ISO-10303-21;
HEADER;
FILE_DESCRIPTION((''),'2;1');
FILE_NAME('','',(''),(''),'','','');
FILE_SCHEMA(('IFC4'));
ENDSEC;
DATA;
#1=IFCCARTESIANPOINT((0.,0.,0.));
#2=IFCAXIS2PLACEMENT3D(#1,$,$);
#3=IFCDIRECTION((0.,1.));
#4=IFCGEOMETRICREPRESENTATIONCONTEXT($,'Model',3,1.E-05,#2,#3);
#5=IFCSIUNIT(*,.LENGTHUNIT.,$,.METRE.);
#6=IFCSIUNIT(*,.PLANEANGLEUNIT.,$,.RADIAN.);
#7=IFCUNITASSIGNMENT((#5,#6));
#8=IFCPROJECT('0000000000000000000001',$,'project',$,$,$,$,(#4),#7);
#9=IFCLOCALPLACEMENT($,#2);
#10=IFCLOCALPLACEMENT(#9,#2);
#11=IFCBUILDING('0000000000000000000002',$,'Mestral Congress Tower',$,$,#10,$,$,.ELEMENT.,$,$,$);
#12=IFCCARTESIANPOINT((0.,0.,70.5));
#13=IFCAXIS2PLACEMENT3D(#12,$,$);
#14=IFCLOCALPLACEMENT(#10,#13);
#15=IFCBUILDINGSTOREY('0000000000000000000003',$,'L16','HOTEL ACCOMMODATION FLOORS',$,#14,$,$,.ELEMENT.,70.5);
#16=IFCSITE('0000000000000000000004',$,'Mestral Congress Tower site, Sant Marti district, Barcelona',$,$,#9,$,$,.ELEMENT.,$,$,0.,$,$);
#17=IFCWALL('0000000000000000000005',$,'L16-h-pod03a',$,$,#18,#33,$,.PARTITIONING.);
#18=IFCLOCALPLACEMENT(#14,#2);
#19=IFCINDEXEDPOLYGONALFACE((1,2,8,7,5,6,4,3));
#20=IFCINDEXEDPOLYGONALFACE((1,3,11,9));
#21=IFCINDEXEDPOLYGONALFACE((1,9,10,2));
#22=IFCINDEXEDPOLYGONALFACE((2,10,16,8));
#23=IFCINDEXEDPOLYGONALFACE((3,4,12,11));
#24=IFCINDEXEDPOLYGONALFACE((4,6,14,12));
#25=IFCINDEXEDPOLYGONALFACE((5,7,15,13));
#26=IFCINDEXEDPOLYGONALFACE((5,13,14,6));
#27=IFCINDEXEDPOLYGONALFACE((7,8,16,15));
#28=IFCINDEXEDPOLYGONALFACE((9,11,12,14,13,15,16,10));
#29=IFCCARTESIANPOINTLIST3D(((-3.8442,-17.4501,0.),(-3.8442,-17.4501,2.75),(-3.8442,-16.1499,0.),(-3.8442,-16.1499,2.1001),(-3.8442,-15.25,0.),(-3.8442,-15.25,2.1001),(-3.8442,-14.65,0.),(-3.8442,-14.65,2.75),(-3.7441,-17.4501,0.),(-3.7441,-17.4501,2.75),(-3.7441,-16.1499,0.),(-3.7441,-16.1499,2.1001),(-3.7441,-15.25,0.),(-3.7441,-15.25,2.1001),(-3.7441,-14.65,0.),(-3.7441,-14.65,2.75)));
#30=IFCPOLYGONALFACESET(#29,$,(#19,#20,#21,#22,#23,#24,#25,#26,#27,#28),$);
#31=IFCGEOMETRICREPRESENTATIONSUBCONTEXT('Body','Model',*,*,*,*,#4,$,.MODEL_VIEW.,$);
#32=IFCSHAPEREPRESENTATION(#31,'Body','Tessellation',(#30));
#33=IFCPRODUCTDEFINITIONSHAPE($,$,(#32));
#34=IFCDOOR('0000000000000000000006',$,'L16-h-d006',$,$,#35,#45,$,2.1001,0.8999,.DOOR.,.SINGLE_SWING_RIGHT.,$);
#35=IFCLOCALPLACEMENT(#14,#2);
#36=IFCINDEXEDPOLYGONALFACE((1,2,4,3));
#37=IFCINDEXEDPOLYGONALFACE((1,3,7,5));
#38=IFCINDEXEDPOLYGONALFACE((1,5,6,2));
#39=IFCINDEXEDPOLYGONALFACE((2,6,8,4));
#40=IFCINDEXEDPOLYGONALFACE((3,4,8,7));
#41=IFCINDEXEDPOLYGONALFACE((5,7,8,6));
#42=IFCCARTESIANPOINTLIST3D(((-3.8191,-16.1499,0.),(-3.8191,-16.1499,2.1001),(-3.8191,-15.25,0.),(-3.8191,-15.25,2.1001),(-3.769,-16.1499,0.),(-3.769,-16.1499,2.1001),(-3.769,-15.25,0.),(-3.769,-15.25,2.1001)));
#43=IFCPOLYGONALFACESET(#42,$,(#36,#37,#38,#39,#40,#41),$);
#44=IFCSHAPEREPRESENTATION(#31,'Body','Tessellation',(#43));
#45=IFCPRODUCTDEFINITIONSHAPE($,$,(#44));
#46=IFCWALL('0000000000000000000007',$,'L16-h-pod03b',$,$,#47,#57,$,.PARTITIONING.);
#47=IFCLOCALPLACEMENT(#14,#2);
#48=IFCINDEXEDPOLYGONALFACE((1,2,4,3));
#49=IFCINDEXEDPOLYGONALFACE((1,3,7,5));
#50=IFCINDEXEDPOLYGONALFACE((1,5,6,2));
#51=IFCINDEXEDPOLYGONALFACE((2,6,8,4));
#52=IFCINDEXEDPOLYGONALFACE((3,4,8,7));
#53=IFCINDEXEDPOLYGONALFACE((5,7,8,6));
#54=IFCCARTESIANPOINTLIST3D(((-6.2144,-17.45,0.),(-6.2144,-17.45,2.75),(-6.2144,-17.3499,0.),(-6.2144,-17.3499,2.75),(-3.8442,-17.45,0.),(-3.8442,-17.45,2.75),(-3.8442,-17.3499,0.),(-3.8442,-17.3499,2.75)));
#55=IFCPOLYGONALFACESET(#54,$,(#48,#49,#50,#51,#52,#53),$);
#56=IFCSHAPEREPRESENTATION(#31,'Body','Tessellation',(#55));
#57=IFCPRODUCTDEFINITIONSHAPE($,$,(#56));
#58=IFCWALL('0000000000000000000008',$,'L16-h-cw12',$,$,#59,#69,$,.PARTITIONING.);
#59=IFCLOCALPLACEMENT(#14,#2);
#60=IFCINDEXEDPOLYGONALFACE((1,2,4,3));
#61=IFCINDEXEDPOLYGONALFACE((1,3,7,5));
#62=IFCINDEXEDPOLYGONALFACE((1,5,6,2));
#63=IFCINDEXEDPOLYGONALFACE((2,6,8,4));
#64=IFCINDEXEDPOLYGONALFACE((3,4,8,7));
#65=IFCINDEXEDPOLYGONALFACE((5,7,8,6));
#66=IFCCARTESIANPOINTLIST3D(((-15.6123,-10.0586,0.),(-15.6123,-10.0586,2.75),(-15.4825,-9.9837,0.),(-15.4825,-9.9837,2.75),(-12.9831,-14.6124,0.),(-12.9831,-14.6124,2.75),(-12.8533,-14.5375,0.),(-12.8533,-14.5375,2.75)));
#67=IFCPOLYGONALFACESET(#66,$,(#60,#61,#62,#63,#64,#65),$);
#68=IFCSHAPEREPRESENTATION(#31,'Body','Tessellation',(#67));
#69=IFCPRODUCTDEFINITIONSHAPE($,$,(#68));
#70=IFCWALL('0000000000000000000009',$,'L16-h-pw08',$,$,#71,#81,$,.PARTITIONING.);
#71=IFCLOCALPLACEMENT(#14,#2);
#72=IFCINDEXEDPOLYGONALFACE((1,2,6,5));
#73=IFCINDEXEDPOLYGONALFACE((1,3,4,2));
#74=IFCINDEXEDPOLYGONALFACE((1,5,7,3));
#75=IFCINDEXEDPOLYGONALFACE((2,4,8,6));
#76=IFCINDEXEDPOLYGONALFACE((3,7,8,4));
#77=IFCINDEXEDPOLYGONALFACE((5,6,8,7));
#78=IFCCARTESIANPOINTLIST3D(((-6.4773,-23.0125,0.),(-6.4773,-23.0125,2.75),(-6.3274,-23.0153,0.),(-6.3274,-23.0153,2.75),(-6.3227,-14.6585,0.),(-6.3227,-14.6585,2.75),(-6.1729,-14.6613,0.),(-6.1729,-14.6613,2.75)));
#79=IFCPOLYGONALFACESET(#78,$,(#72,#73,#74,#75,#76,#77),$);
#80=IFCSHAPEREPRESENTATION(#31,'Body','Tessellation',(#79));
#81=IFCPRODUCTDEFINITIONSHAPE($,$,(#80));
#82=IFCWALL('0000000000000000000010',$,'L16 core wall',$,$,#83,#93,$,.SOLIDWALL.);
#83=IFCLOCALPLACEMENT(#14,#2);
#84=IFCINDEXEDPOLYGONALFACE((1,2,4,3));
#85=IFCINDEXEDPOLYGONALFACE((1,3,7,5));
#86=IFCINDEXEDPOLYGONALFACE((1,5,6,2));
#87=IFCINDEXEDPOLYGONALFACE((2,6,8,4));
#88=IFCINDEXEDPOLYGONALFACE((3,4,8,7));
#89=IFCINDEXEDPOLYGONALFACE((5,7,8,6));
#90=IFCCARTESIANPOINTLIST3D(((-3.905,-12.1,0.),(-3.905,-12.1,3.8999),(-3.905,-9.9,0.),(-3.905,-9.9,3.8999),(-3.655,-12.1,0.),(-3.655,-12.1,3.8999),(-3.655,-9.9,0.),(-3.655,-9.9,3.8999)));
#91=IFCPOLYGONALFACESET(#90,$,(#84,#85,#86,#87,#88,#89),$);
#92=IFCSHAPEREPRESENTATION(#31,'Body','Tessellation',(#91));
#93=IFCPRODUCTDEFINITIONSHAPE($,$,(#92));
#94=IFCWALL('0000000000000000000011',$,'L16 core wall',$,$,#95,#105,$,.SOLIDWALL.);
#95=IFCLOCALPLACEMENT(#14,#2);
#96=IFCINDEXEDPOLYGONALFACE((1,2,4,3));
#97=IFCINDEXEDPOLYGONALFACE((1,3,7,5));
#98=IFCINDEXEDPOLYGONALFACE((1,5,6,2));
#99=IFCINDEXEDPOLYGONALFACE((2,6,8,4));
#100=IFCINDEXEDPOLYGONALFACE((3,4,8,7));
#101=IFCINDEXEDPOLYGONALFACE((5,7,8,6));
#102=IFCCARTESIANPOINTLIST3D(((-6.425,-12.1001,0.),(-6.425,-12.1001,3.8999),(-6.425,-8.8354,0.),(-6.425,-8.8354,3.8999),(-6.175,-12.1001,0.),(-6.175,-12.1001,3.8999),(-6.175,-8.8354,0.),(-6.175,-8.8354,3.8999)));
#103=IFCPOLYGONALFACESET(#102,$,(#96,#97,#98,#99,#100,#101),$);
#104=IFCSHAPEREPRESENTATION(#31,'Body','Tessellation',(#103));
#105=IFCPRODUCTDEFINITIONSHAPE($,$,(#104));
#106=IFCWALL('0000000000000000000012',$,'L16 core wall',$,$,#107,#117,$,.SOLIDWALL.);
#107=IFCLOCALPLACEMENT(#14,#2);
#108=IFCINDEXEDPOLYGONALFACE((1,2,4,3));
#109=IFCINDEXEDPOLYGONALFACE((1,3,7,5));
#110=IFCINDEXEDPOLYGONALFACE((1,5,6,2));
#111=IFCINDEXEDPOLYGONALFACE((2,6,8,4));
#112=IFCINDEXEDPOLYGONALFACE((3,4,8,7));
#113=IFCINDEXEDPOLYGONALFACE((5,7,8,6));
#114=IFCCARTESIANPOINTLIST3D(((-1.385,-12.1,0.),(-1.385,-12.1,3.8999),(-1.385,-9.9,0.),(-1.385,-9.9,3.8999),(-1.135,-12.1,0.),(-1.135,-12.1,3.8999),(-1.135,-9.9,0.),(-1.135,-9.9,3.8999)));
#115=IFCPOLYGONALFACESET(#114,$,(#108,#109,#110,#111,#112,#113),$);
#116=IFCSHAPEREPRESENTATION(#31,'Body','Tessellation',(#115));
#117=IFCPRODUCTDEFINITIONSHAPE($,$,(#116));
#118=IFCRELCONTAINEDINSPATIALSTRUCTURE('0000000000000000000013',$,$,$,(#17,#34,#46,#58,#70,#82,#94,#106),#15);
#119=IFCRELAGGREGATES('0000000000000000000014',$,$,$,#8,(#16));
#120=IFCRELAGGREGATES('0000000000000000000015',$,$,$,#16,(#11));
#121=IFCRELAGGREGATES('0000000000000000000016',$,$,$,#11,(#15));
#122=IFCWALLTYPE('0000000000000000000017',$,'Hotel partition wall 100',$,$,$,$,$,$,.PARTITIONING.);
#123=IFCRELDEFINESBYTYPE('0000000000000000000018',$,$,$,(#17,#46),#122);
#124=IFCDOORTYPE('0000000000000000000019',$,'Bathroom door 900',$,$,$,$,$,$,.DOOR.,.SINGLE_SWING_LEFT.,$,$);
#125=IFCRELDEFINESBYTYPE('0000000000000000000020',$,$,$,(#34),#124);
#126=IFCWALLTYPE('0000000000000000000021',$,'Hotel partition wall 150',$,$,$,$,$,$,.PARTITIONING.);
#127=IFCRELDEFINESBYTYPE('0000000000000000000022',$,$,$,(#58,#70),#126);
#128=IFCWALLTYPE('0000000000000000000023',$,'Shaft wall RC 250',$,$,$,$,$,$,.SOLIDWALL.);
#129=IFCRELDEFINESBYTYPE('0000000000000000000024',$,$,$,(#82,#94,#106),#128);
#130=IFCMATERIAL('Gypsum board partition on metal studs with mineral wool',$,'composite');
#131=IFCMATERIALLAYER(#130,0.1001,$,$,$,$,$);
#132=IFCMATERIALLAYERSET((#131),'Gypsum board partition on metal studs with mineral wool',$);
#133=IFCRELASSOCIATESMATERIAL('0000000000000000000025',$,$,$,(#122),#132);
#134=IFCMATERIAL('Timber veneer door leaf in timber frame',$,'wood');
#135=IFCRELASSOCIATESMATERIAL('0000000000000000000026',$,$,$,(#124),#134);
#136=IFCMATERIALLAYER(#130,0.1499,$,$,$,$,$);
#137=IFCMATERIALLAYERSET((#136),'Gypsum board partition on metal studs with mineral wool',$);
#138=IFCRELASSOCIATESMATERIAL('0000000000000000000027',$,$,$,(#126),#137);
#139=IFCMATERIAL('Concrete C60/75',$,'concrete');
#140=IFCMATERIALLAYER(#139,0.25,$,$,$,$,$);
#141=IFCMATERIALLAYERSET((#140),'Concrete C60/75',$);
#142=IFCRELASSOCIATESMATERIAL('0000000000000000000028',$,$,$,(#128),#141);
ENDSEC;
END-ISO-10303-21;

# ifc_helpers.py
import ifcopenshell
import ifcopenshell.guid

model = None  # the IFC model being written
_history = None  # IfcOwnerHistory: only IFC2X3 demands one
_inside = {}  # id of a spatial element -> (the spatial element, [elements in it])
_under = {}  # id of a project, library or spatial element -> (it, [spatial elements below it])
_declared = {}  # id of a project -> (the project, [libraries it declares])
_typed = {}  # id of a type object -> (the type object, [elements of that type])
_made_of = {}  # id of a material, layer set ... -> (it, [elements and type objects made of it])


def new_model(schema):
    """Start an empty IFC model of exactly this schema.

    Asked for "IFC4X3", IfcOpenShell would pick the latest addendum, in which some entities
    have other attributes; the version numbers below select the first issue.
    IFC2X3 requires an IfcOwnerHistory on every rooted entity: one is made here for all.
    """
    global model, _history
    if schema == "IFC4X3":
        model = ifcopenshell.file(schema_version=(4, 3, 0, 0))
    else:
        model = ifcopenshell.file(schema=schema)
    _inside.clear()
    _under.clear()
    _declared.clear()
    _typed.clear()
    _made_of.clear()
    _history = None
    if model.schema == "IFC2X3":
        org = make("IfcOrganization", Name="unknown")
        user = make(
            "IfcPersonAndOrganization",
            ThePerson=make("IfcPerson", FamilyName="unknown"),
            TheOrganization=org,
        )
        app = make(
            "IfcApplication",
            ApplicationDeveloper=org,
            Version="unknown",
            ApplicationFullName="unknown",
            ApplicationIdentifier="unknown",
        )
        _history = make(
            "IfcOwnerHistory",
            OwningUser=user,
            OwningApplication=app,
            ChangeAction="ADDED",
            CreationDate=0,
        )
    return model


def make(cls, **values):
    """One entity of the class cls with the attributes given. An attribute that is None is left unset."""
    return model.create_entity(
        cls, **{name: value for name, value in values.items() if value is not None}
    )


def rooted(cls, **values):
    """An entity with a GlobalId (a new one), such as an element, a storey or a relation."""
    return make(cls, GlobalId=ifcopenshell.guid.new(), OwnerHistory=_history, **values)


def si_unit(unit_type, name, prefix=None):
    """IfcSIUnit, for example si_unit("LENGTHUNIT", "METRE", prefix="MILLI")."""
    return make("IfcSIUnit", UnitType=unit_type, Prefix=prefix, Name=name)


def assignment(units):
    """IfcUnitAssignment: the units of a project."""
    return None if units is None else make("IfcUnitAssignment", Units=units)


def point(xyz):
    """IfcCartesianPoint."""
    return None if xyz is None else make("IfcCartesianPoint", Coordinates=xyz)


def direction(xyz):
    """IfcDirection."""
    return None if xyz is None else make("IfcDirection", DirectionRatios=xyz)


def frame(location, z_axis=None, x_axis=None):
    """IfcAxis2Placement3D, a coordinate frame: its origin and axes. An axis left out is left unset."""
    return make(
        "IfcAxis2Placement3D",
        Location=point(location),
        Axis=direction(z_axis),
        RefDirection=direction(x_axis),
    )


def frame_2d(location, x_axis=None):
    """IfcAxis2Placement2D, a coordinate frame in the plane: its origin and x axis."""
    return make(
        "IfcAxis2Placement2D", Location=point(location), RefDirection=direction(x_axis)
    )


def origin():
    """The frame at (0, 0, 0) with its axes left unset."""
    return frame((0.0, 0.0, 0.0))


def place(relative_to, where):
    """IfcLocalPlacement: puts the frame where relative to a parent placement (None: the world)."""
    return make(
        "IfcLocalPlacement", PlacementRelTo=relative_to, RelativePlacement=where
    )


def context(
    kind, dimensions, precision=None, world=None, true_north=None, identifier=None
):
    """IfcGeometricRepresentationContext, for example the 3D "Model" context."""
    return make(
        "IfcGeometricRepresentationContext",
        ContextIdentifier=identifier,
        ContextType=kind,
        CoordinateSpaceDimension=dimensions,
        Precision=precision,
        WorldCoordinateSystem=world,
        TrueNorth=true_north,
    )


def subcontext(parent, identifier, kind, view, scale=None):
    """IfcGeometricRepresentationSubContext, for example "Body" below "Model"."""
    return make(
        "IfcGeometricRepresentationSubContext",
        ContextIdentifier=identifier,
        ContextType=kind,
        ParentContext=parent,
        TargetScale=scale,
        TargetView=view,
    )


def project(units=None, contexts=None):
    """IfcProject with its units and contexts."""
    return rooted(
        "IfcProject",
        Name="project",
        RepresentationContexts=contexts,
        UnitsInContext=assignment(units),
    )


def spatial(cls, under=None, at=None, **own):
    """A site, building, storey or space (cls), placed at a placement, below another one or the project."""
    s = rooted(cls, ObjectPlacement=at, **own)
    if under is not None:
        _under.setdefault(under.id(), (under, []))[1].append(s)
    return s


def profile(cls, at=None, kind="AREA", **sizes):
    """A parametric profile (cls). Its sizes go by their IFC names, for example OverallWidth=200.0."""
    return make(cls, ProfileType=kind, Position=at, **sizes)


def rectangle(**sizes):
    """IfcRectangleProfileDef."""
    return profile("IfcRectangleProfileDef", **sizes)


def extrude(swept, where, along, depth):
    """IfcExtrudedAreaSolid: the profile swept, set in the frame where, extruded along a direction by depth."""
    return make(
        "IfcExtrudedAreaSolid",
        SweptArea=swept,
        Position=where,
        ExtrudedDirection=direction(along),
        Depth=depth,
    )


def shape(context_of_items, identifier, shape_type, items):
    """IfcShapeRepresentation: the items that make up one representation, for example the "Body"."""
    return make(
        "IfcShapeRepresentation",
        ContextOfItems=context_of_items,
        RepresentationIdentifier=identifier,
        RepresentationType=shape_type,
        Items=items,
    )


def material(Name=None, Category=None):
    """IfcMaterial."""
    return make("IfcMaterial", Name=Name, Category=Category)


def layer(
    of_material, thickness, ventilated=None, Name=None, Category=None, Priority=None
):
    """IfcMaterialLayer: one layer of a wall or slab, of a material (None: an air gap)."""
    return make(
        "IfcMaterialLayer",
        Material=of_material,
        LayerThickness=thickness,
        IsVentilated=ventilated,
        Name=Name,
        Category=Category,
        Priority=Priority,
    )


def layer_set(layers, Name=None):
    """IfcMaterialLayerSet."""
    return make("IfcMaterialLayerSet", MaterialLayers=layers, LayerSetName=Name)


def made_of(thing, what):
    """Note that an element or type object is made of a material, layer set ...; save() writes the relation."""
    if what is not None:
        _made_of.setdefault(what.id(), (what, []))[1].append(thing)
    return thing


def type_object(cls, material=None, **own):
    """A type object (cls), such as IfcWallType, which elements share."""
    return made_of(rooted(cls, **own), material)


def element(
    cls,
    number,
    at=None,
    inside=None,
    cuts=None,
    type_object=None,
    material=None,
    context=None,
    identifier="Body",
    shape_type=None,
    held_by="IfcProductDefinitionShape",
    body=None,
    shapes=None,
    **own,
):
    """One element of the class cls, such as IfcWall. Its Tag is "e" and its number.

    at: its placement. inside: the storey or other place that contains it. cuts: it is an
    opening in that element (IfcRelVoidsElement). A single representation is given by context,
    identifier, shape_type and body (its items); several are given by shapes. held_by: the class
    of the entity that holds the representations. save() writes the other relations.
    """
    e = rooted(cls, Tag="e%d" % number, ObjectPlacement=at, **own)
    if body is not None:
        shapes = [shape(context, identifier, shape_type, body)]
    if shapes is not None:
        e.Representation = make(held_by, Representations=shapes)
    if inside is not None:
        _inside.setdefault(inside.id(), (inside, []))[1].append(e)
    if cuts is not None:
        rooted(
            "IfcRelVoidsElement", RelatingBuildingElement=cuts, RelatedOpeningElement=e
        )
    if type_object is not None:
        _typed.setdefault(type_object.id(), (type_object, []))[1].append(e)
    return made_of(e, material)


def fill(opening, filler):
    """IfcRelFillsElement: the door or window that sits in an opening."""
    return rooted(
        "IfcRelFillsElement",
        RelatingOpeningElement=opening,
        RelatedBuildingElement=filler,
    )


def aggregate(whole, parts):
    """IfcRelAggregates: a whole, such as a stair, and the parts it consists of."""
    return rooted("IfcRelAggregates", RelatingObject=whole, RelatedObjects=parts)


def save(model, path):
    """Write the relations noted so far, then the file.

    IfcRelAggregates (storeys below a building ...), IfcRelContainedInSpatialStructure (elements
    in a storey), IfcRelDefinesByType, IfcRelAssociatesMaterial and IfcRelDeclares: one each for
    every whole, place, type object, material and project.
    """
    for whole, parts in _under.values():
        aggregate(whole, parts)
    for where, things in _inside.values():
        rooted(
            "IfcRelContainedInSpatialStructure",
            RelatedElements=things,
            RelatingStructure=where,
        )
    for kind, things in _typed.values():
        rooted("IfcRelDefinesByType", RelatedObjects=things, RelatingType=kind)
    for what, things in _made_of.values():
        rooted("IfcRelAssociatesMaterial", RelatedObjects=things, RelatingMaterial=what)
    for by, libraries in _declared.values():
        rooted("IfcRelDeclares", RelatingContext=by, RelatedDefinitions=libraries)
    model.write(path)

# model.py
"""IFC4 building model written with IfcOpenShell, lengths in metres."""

from ifc_helpers import new_model, si_unit, direction, frame, frame_2d, origin, place, context, subcontext, project, spatial, rectangle, extrude, material, layer, layer_set, type_object, element, fill, save


model = new_model("IFC4")

# Units and contexts
model_context = context("Model", 3, precision=1e-05, world=origin(), true_north=direction((0.0, 1.0)))
body_context = subcontext(model_context, "Body", "Model", "MODEL_VIEW")
ifc_project = project(units=[si_unit("LENGTHUNIT", "METRE"), si_unit("PLANEANGLEUNIT", "RADIAN")], contexts=[model_context])

# Site, building, storey
site_placement = place(None, origin())
site = spatial("IfcSite", under=ifc_project, at=site_placement, Name="Mestral Congress Tower site, Sant Marti district, Barcelona", CompositionType="ELEMENT", RefElevation=0.0)
building_placement = place(site_placement, origin())
building = spatial("IfcBuilding", under=site, at=building_placement, Name="Mestral Congress Tower", CompositionType="ELEMENT")
storey_placement = place(building_placement, frame((0.0, 0.0, 70.5)))
storey = spatial("IfcBuildingStorey", under=building, at=storey_placement, Name="L16", Description="HOTEL ACCOMMODATION FLOORS", CompositionType="ELEMENT", Elevation=70.5)

# Shared definitions
ifc_material_1 = material(Name="Concrete C60/75", Category="concrete")

# Shared definitions
ifc_material_2 = material(Name="Gypsum board partition on metal studs with mineral wool", Category="composite")
ifc_layer_1 = layer(ifc_material_2, 0.1001)
ifc_layer_set_1 = layer_set([ifc_layer_1], Name="Gypsum board partition on metal studs with mineral wool")
wall_type_1 = type_object("IfcWallType", Name="Hotel partition wall 100", PredefinedType="PARTITIONING", material=ifc_layer_set_1)
ifc_material_3 = material(Name="Timber veneer door leaf in timber frame", Category="wood")
door_type = type_object("IfcDoorType", Name="Bathroom door 900", OperationType="SINGLE_SWING_LEFT", PredefinedType="DOOR", material=ifc_material_3)

# Wall, opening, door
wall_1_placement = place(storey_placement, frame((-3.7942, -17.45, 0.0), z_axis=(0.0, 0.0, 1.0), x_axis=(0.0, 1.0, 0.0)))
wall_1 = element("IfcWall", 1, at=wall_1_placement, inside=storey, type_object=wall_type_1, Name="L16-h-pod03a", PredefinedType="PARTITIONING", context=body_context, shape_type="SweptSolid", body=[
    extrude(rectangle(XDim=2.8, YDim=0.1001, at=frame_2d((1.3999, 0.0))), origin(), (0.0, 0.0, 1.0), 2.75),
])
opening_1_placement = place(wall_1_placement, frame((1.3, 0.0, 0.0)))
opening_1 = element("IfcOpeningElement", 2, at=opening_1_placement, cuts=wall_1, PredefinedType="OPENING", context=body_context, shape_type="SweptSolid", body=[
    extrude(rectangle(XDim=0.8999, YDim=2.1001, at=frame_2d((0.45, 1.05))), frame((0.0, 0.0601, 0.0), z_axis=(0.0, -1.0, 0.0), x_axis=(1.0, 0.0, 0.0)), (0.0, 0.0, 1.0), 0.1201),
])
door_1_placement = place(opening_1_placement, origin())
door_1 = element("IfcDoor", 3, at=door_1_placement, inside=storey, type_object=door_type, Name="L16-h-d006", OperationType="SINGLE_SWING_RIGHT", OverallHeight=2.1001, OverallWidth=0.8999, PredefinedType="DOOR", context=body_context, shape_type="SweptSolid", body=[
    extrude(rectangle(XDim=0.8999, YDim=2.1001, at=frame_2d((0.45, 1.05))), frame((0.0, 0.0249, 0.0), z_axis=(0.0, -1.0, 0.0), x_axis=(1.0, 0.0, 0.0)), (0.0, 0.0, 1.0), 0.05),
])
fill(opening_1, door_1)

# Walls
wall_2_placement = place(storey_placement, frame((-3.8442, -17.3999, 0.0), z_axis=(0.0, 0.0, 1.0), x_axis=(-1.0, 0.0, 0.0)))
element("IfcWall", 4, at=wall_2_placement, inside=storey, type_object=wall_type_1, Name="L16-h-pod03b", PredefinedType="PARTITIONING", context=body_context, shape_type="SweptSolid", body=[
    extrude(rectangle(XDim=2.3701, YDim=0.1001, at=frame_2d((1.1851, 0.0))), origin(), (0.0, 0.0, 1.0), 2.75),
])
ifc_layer_2 = layer(ifc_material_2, 0.1499)
ifc_layer_set_2 = layer_set([ifc_layer_2], Name="Gypsum board partition on metal studs with mineral wool")
wall_type_2 = type_object("IfcWallType", Name="Hotel partition wall 150", PredefinedType="PARTITIONING", material=ifc_layer_set_2)
wall_3_placement = place(storey_placement, frame((-12.9182, -14.575, 0.0), z_axis=(0.0, 0.0, 1.0), x_axis=(-0.500009, 0.86602, 0.0)))
element("IfcWall", 5, at=wall_3_placement, inside=storey, type_object=wall_type_2, Name="L16-h-cw12", PredefinedType="PARTITIONING", context=body_context, shape_type="SweptSolid", body=[
    extrude(rectangle(XDim=5.2583, YDim=0.1499, at=frame_2d((2.6292, 0.0))), origin(), (0.0, 0.0, 1.0), 2.75),
])
wall_4_placement = place(storey_placement, frame((-6.4023, -23.0139, 0.0), z_axis=(0.0, 0.0, 1.0), x_axis=(0.018496, 0.999829, 0.0)))
element("IfcWall", 6, at=wall_4_placement, inside=storey, type_object=wall_type_2, Name="L16-h-pw08", PredefinedType="PARTITIONING", context=body_context, shape_type="SweptSolid", body=[
    extrude(rectangle(XDim=8.3555, YDim=0.1499, at=frame_2d((4.1777, 0.0))), origin(), (0.0, 0.0, 1.0), 2.75),
])
ifc_layer_3 = layer(ifc_material_1, 0.25)
ifc_layer_set_3 = layer_set([ifc_layer_3], Name="Concrete C60/75")
wall_type_3 = type_object("IfcWallType", Name="Shaft wall RC 250", PredefinedType="SOLIDWALL", material=ifc_layer_set_3)
wall_5_placement = place(storey_placement, frame((-3.78, -12.1001, 0.0), z_axis=(0.0, 0.0, 1.0), x_axis=(0.0, 1.0, 0.0)))
element("IfcWall", 7, at=wall_5_placement, inside=storey, type_object=wall_type_3, Name="L16 core wall", PredefinedType="SOLIDWALL", context=body_context, shape_type="SweptSolid", body=[
    extrude(rectangle(XDim=2.2, YDim=0.25, at=frame_2d((1.1001, 0.0))), origin(), (0.0, 0.0, 1.0), 3.8999),
])
wall_6_placement = place(storey_placement, frame((-6.3, -12.1001, 0.0), z_axis=(0.0, 0.0, 1.0), x_axis=(0.0, 1.0, 0.0)))
element("IfcWall", 8, at=wall_6_placement, inside=storey, type_object=wall_type_3, Name="L16 core wall", PredefinedType="SOLIDWALL", context=body_context, shape_type="SweptSolid", body=[
    extrude(rectangle(XDim=3.2646, YDim=0.25, at=frame_2d((1.6323, 0.0))), origin(), (0.0, 0.0, 1.0), 3.8999),
])
wall_7_placement = place(storey_placement, frame((-1.26, -12.1001, 0.0), z_axis=(0.0, 0.0, 1.0), x_axis=(0.0, 1.0, 0.0)))
element("IfcWall", 9, at=wall_7_placement, inside=storey, type_object=wall_type_3, Name="L16 core wall", PredefinedType="SOLIDWALL", context=body_context, shape_type="SweptSolid", body=[
    extrude(rectangle(XDim=2.2, YDim=0.25, at=frame_2d((1.1001, 0.0))), origin(), (0.0, 0.0, 1.0), 3.8999),
])

save(model, "model.ifc")
